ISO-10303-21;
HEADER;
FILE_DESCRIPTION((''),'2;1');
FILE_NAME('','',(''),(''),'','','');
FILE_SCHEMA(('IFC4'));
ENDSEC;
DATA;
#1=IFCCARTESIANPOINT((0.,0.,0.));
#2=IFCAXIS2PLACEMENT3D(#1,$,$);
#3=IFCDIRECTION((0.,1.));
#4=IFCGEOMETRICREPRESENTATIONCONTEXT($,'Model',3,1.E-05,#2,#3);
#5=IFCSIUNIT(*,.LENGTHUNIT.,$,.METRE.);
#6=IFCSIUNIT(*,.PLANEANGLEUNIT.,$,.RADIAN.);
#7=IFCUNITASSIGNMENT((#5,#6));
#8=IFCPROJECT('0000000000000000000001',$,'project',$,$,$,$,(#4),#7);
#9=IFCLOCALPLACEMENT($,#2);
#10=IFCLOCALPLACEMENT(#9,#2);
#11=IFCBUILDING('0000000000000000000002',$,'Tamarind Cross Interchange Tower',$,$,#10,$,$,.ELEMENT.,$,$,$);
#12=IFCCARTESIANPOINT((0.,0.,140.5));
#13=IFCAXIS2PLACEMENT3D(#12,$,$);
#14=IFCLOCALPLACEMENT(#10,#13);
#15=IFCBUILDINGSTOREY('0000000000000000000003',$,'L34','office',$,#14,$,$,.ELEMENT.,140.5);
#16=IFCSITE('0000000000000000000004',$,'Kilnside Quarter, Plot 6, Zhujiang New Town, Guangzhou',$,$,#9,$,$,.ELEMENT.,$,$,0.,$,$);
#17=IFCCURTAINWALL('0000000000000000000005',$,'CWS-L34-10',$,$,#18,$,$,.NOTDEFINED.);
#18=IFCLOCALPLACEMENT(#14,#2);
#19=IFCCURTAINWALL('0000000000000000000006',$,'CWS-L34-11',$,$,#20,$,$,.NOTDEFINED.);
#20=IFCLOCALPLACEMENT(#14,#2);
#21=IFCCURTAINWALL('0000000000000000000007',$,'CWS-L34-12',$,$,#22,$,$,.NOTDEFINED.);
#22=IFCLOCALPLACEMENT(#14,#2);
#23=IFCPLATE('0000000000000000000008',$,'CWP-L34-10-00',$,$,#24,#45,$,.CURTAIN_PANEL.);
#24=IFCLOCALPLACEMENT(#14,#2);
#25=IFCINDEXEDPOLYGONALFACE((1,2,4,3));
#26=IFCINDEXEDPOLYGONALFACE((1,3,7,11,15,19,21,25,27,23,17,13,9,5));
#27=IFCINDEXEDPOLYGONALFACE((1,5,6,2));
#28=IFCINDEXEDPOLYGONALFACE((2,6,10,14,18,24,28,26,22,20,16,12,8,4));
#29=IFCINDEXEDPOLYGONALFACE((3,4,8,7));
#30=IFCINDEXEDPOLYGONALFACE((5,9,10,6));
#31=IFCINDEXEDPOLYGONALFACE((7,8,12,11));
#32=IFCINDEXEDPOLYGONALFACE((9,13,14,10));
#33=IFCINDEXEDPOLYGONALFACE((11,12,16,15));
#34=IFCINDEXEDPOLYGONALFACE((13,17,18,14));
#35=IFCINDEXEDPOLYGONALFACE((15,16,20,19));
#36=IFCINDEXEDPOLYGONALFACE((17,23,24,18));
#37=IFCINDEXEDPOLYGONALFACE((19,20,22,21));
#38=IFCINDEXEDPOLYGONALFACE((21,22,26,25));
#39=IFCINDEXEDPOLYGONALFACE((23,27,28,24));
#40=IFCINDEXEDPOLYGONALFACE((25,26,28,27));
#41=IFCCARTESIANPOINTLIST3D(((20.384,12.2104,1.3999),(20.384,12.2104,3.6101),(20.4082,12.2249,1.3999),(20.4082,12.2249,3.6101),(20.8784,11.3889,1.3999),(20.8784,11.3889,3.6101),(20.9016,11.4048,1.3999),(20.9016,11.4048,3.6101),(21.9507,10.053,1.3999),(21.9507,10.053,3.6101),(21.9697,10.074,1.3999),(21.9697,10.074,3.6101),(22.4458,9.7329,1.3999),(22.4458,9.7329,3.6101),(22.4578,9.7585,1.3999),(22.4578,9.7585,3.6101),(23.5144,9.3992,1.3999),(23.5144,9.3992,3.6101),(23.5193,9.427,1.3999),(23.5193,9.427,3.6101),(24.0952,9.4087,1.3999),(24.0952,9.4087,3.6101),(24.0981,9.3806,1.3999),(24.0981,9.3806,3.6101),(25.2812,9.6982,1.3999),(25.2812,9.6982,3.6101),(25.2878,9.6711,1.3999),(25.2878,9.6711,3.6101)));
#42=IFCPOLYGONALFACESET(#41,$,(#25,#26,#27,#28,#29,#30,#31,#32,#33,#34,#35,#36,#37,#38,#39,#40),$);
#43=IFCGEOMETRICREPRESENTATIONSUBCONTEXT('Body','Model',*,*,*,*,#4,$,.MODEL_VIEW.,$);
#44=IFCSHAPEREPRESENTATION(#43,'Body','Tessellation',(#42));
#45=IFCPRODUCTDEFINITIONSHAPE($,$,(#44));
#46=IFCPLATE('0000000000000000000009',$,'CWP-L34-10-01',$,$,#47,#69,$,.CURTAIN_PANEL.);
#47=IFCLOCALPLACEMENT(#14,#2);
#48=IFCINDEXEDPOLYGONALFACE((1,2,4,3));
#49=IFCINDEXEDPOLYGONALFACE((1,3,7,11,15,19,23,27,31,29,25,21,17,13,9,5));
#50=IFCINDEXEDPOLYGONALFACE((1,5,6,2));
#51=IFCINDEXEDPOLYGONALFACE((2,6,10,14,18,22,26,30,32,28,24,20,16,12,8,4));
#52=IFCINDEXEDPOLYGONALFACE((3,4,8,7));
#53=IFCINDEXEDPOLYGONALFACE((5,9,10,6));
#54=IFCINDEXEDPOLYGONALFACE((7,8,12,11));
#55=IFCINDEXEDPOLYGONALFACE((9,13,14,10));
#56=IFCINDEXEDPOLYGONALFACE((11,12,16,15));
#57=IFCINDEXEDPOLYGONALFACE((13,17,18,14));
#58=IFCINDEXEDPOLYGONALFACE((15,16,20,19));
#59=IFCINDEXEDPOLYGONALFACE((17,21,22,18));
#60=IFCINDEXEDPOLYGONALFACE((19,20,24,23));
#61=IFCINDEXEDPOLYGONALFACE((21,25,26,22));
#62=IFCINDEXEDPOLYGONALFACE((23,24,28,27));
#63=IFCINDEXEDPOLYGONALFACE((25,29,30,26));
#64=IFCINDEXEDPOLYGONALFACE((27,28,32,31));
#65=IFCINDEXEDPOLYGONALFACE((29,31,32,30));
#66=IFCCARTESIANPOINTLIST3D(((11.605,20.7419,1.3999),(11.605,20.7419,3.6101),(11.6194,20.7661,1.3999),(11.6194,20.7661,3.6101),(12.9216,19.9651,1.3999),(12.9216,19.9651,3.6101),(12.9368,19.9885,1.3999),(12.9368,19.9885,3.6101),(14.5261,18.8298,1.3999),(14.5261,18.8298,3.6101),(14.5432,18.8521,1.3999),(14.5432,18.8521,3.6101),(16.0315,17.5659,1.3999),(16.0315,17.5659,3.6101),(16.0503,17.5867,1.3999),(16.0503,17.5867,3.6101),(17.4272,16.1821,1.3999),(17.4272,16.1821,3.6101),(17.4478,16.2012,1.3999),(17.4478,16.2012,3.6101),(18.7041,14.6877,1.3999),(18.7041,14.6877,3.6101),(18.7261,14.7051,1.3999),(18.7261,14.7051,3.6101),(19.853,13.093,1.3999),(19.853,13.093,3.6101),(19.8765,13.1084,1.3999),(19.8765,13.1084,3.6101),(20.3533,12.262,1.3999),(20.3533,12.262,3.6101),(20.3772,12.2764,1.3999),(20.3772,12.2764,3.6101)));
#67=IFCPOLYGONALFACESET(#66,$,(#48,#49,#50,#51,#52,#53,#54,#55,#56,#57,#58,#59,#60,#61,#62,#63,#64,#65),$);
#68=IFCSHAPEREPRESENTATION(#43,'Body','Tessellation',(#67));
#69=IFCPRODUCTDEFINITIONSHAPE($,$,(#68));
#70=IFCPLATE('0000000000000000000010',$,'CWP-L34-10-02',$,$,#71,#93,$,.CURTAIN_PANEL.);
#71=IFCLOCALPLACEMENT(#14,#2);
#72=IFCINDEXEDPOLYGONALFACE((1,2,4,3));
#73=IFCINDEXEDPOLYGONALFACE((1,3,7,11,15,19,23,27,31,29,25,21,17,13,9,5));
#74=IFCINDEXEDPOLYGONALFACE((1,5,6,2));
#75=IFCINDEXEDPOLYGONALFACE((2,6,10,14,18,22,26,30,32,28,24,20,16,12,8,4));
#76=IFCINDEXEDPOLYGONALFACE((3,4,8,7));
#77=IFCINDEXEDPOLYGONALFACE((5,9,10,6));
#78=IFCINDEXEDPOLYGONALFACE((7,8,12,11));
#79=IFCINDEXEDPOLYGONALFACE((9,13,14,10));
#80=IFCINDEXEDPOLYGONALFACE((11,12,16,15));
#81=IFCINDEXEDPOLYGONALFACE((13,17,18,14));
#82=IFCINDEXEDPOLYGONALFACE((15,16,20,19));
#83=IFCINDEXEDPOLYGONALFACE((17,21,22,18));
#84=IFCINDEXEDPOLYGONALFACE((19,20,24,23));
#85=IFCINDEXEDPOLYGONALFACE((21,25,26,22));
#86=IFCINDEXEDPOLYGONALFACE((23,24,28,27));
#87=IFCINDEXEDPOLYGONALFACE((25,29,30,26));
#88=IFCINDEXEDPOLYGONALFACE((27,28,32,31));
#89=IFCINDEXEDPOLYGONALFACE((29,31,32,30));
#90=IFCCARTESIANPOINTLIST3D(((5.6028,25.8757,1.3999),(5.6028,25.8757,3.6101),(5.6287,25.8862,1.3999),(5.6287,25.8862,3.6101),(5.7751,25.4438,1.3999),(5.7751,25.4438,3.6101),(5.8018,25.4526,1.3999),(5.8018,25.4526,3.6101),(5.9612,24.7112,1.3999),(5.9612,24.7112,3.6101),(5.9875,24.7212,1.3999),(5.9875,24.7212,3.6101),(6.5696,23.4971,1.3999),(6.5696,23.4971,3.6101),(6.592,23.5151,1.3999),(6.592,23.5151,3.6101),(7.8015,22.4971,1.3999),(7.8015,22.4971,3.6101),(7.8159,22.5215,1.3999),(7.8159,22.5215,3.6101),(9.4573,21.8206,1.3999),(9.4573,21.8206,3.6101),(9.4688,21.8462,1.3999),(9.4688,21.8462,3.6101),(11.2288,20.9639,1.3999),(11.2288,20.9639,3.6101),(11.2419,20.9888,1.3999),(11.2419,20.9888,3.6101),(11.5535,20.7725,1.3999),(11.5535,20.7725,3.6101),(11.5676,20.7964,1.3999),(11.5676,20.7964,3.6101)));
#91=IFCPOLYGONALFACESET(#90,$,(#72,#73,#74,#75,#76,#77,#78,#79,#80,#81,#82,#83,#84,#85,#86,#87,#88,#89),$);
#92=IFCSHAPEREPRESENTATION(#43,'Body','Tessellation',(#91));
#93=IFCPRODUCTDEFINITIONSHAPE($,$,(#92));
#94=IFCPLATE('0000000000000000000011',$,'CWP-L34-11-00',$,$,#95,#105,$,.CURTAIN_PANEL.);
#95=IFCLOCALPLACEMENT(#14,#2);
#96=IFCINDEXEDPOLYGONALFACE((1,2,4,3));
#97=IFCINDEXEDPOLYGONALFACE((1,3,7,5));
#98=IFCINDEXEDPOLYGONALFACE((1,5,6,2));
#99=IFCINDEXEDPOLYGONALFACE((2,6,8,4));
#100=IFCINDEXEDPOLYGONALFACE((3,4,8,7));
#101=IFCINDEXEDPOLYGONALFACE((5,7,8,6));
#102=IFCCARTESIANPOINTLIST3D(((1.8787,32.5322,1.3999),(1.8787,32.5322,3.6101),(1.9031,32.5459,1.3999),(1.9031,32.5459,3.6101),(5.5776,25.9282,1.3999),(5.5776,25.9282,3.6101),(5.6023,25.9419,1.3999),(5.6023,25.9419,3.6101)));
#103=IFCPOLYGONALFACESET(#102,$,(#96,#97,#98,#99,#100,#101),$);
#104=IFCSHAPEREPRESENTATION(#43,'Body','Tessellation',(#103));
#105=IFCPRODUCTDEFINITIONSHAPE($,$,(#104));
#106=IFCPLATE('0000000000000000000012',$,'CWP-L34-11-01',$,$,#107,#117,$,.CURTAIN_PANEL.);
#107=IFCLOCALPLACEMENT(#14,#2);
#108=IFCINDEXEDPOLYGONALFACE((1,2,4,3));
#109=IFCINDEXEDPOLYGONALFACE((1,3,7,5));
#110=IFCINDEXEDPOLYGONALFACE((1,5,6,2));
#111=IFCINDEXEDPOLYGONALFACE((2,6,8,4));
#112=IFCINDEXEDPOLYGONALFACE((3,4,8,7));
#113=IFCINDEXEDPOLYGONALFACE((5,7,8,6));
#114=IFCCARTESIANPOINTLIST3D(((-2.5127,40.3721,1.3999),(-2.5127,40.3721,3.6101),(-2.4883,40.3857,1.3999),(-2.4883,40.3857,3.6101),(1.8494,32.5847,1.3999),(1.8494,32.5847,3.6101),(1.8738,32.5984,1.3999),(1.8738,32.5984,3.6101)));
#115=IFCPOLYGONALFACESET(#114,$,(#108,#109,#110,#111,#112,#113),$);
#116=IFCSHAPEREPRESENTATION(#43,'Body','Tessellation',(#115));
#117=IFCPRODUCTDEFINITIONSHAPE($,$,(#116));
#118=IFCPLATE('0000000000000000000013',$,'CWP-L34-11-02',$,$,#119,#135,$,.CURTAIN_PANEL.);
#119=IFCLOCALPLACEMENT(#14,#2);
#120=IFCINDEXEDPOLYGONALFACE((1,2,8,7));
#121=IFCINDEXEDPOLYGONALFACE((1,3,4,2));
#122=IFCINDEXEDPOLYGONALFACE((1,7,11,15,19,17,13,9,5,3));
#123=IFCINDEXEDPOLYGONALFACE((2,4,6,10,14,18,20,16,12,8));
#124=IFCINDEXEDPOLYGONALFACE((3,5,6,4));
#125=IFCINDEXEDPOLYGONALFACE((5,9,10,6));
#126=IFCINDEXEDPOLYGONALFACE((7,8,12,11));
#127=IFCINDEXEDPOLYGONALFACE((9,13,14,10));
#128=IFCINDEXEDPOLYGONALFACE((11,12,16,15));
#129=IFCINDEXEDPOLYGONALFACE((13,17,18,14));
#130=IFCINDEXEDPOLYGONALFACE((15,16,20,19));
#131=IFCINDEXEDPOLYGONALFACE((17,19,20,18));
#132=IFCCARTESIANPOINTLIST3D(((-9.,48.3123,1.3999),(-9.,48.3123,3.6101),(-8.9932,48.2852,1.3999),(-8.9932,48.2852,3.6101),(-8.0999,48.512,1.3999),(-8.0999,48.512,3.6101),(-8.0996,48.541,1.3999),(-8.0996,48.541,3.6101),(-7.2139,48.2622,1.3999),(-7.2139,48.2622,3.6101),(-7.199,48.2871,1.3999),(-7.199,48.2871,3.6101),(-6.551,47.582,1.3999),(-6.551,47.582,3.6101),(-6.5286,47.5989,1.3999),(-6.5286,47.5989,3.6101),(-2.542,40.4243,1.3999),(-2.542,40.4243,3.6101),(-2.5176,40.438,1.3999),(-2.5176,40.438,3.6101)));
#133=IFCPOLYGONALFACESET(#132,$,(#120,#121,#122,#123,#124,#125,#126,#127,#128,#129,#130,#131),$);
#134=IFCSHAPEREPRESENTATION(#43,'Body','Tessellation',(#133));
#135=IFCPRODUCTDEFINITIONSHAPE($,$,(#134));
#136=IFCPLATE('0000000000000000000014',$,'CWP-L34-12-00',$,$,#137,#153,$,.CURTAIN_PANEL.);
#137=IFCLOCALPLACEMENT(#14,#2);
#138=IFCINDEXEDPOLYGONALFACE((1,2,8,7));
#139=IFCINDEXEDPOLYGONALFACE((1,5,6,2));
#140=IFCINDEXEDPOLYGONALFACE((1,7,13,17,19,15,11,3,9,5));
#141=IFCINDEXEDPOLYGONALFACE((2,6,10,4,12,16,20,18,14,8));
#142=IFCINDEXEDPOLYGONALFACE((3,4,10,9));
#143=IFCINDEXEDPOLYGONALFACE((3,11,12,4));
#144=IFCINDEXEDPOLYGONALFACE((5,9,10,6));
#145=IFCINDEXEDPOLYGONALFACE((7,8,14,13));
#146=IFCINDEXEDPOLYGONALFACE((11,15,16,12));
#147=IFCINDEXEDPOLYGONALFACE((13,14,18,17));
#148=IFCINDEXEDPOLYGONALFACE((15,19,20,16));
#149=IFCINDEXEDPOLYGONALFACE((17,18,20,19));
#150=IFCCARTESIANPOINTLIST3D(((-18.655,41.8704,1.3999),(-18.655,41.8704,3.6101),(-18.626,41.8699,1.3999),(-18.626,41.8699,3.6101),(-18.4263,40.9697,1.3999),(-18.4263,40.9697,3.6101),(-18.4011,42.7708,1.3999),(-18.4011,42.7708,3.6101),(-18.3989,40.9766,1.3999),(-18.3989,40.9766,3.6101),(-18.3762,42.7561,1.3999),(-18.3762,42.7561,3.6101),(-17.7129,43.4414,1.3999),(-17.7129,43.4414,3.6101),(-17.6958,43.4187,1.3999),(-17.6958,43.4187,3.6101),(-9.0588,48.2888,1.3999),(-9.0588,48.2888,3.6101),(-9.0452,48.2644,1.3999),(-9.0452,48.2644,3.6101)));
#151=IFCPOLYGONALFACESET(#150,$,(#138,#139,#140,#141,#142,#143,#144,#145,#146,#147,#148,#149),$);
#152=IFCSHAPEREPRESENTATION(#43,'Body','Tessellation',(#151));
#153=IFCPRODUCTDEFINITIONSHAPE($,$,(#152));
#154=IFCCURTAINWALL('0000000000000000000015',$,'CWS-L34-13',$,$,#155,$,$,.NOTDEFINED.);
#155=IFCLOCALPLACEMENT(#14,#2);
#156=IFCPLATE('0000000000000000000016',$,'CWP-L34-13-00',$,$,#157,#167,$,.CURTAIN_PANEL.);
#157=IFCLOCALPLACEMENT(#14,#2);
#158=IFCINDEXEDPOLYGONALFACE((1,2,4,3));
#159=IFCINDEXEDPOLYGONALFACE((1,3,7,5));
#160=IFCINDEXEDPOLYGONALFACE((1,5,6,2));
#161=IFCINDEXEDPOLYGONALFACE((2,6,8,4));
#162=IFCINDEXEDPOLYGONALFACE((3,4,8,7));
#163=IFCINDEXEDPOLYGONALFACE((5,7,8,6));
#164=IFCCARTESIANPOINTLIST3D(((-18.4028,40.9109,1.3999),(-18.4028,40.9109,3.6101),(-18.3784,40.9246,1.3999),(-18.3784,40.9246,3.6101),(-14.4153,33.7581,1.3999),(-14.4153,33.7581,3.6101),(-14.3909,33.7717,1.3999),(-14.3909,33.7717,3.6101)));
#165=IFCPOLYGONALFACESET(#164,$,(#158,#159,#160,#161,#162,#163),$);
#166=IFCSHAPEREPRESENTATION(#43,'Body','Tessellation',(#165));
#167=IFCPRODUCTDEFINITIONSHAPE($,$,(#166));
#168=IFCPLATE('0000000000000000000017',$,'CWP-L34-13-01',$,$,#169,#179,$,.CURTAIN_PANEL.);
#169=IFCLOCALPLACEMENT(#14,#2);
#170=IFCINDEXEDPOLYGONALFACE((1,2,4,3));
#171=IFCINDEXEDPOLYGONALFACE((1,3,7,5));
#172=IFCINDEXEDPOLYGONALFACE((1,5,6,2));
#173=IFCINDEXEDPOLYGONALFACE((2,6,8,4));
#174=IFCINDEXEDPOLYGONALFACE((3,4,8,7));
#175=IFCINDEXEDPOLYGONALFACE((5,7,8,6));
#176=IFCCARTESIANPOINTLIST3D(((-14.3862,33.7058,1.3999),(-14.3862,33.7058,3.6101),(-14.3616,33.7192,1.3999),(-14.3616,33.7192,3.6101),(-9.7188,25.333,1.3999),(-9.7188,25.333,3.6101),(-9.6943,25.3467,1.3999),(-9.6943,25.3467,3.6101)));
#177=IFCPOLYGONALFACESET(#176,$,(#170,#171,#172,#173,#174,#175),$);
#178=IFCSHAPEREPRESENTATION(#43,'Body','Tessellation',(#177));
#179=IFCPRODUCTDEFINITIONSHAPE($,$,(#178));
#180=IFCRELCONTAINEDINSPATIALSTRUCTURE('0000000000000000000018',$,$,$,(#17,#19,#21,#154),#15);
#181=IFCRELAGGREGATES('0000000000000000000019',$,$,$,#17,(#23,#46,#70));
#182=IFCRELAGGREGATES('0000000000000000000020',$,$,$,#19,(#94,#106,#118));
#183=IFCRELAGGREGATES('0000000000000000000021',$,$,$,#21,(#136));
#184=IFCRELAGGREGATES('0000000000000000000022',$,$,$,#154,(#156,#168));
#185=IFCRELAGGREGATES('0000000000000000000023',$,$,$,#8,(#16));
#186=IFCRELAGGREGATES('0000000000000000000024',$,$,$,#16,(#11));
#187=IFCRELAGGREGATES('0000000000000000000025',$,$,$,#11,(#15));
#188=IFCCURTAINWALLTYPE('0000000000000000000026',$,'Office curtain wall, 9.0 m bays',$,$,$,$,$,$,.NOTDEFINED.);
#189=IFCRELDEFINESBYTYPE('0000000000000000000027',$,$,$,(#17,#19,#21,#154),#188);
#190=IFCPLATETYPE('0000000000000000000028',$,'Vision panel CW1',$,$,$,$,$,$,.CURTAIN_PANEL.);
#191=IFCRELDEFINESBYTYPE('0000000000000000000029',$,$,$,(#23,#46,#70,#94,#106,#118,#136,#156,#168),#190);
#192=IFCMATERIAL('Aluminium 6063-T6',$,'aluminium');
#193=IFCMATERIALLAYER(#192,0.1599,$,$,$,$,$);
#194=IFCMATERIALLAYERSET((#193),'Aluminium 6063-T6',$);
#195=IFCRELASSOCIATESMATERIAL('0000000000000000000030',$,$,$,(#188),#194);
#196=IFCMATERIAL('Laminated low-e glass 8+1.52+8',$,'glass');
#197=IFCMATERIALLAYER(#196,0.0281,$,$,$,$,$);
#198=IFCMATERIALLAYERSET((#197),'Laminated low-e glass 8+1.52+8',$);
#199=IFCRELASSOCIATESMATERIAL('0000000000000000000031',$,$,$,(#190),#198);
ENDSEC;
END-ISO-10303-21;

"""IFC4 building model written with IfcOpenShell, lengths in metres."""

from ifc_helpers import new_model, si_unit, direction, frame, origin, place, context, subcontext, project, spatial, polyline, outline, extrude, material, layer, layer_set, type_object, element, aggregate, save


model = new_model("IFC4")

# Units and contexts
model_context = context("Model", 3, precision=1e-05, world=origin(), true_north=direction((0.0, 1.0)))
body_context = subcontext(model_context, "Body", "Model", "MODEL_VIEW")
ifc_project = project(units=[si_unit("LENGTHUNIT", "METRE"), si_unit("PLANEANGLEUNIT", "RADIAN")], contexts=[model_context])

# Site, building, storey
site_placement = place(None, origin())
site = spatial("IfcSite", under=ifc_project, at=site_placement, Name="Kilnside Quarter, Plot 6, Zhujiang New Town, Guangzhou", CompositionType="ELEMENT", RefElevation=0.0)
building_placement = place(site_placement, origin())
building = spatial("IfcBuilding", under=site, at=building_placement, Name="Tamarind Cross Interchange Tower", CompositionType="ELEMENT")
storey_placement = place(building_placement, frame((0.0, 0.0, 140.5)))
storey = spatial("IfcBuildingStorey", under=building, at=storey_placement, Name="L34", Description="office", CompositionType="ELEMENT", Elevation=140.5)

# Curtain walls
ifc_material_1 = material(Name="Aluminium 6063-T6", Category="aluminium")
ifc_layer_1 = layer(ifc_material_1, 0.1599)
ifc_layer_set_1 = layer_set([ifc_layer_1], Name="Aluminium 6063-T6")
curtain_wall_type = type_object("IfcCurtainWallType", Name="Office curtain wall, 9.0 m bays", PredefinedType="NOTDEFINED", material=ifc_layer_set_1)
curtain_wall_1_placement = place(storey_placement, origin())
curtain_wall_1 = element("IfcCurtainWall", 1, at=curtain_wall_1_placement, inside=storey, type_object=curtain_wall_type, Name="CWS-L34-10", PredefinedType="NOTDEFINED")
curtain_wall_2_placement = place(storey_placement, origin())
curtain_wall_2 = element("IfcCurtainWall", 2, at=curtain_wall_2_placement, inside=storey, type_object=curtain_wall_type, Name="CWS-L34-11", PredefinedType="NOTDEFINED")
curtain_wall_3_placement = place(storey_placement, origin())
curtain_wall_3 = element("IfcCurtainWall", 3, at=curtain_wall_3_placement, inside=storey, type_object=curtain_wall_type, Name="CWS-L34-12", PredefinedType="NOTDEFINED")

# Plates
ifc_material_2 = material(Name="Laminated low-e glass 8+1.52+8", Category="glass")
ifc_layer_2 = layer(ifc_material_2, 0.0281)
ifc_layer_set_2 = layer_set([ifc_layer_2], Name="Laminated low-e glass 8+1.52+8")
plate_type = type_object("IfcPlateType", Name="Vision panel CW1", PredefinedType="CURTAIN_PANEL", material=ifc_layer_set_2)
plate_1_placement = place(storey_placement, frame((0.0, 0.0, 1.3999)))
plate_1 = element("IfcPlate", 4, at=plate_1_placement, type_object=plate_type, Name="CWP-L34-10-00", PredefinedType="CURTAIN_PANEL", context=body_context, shape_type="SweptSolid", body=[
    extrude(outline(polyline([(25.2878, 9.6711), (24.0981, 9.3806), (23.5144, 9.3992), (22.4458, 9.7329), (21.9507, 10.053), (20.8784, 11.3889), (20.384, 12.2104), (20.4082, 12.2249), (20.9016, 11.4048), (21.9697, 10.074), (22.4578, 9.7585), (23.5193, 9.427), (24.0952, 9.4087), (25.2812, 9.6982), (25.2878, 9.6711)])), origin(), (0.0, 0.0, 1.0), 2.2102),
])
plate_2_placement = place(storey_placement, frame((0.0, 0.0, 1.3999)))
plate_2 = element("IfcPlate", 5, at=plate_2_placement, type_object=plate_type, Name="CWP-L34-10-01", PredefinedType="CURTAIN_PANEL", context=body_context, shape_type="SweptSolid", body=[
    extrude(outline(polyline([(20.3533, 12.262), (19.853, 13.093), (18.7041, 14.6877), (17.4272, 16.1821), (16.0315, 17.5659), (14.5261, 18.8298), (12.9216, 19.9651), (11.605, 20.7419), (11.6194, 20.7661), (12.9368, 19.9885), (14.5432, 18.8521), (16.0503, 17.5867), (17.4478, 16.2012), (18.7261, 14.7051), (19.8765, 13.1084), (20.3772, 12.2764), (20.3533, 12.262)])), origin(), (0.0, 0.0, 1.0), 2.2102),
])
plate_3_placement = place(storey_placement, frame((0.0, 0.0, 1.3999)))
plate_3 = element("IfcPlate", 6, at=plate_3_placement, type_object=plate_type, Name="CWP-L34-10-02", PredefinedType="CURTAIN_PANEL", context=body_context, shape_type="SweptSolid", body=[
    extrude(outline(polyline([(11.5535, 20.7725), (11.2288, 20.9639), (9.4573, 21.8206), (7.8015, 22.4971), (6.5696, 23.4971), (5.9612, 24.7112), (5.7751, 25.4438), (5.6028, 25.8757), (5.6287, 25.8862), (5.8018, 25.4526), (5.9875, 24.7212), (6.592, 23.5151), (7.8159, 22.5215), (9.4688, 21.8462), (11.2419, 20.9888), (11.5676, 20.7964), (11.5535, 20.7725)])), origin(), (0.0, 0.0, 1.0), 2.2102),
])
aggregate(curtain_wall_1, [plate_1, plate_2, plate_3])
plate_4_placement = place(storey_placement, frame((0.0, 0.0, 1.3999)))
plate_4 = element("IfcPlate", 7, at=plate_4_placement, type_object=plate_type, Name="CWP-L34-11-00", PredefinedType="CURTAIN_PANEL", context=body_context, shape_type="SweptSolid", body=[
    extrude(outline(polyline([(5.5776, 25.9282), (1.8787, 32.5322), (1.9031, 32.5459), (5.6023, 25.9419), (5.5776, 25.9282)])), origin(), (0.0, 0.0, 1.0), 2.2102),
])
plate_5_placement = place(storey_placement, frame((0.0, 0.0, 1.3999)))
plate_5 = element("IfcPlate", 8, at=plate_5_placement, type_object=plate_type, Name="CWP-L34-11-01", PredefinedType="CURTAIN_PANEL", context=body_context, shape_type="SweptSolid", body=[
    extrude(outline(polyline([(1.8494, 32.5847), (-2.5127, 40.3721), (-2.4883, 40.3857), (1.8738, 32.5984), (1.8494, 32.5847)])), origin(), (0.0, 0.0, 1.0), 2.2102),
])
plate_6_placement = place(storey_placement, frame((0.0, 0.0, 1.3999)))
plate_6 = element("IfcPlate", 9, at=plate_6_placement, type_object=plate_type, Name="CWP-L34-11-02", PredefinedType="CURTAIN_PANEL", context=body_context, shape_type="SweptSolid", body=[
    extrude(outline(polyline([(-2.542, 40.4243), (-6.551, 47.582), (-7.2139, 48.2622), (-8.0999, 48.512), (-8.9932, 48.2852), (-9.0, 48.3123), (-8.0996, 48.541), (-7.199, 48.2871), (-6.5286, 47.5989), (-2.5176, 40.438), (-2.542, 40.4243)])), origin(), (0.0, 0.0, 1.0), 2.2102),
])
aggregate(curtain_wall_2, [plate_4, plate_5, plate_6])
plate_7_placement = place(storey_placement, frame((0.0, 0.0, 1.3999)))
plate_7 = element("IfcPlate", 10, at=plate_7_placement, type_object=plate_type, Name="CWP-L34-12-00", PredefinedType="CURTAIN_PANEL", context=body_context, shape_type="SweptSolid", body=[
    extrude(outline(polyline([(-9.0452, 48.2644), (-17.6958, 43.4187), (-18.3762, 42.7561), (-18.626, 41.8699), (-18.3989, 40.9766), (-18.4263, 40.9697), (-18.655, 41.8704), (-18.4011, 42.7708), (-17.7129, 43.4414), (-9.0588, 48.2888), (-9.0452, 48.2644)])), origin(), (0.0, 0.0, 1.0), 2.2102),
])
aggregate(curtain_wall_3, [plate_7])

# Curtain wall, plates
curtain_wall_4_placement = place(storey_placement, origin())
curtain_wall_4 = element("IfcCurtainWall", 11, at=curtain_wall_4_placement, inside=storey, type_object=curtain_wall_type, Name="CWS-L34-13", PredefinedType="NOTDEFINED")
plate_8_placement = place(storey_placement, frame((0.0, 0.0, 1.3999)))
plate_8 = element("IfcPlate", 12, at=plate_8_placement, type_object=plate_type, Name="CWP-L34-13-00", PredefinedType="CURTAIN_PANEL", context=body_context, shape_type="SweptSolid", body=[
    extrude(outline(polyline([(-18.3784, 40.9246), (-14.3909, 33.7717), (-14.4153, 33.7581), (-18.4028, 40.9109), (-18.3784, 40.9246)])), origin(), (0.0, 0.0, 1.0), 2.2102),
])
plate_9_placement = place(storey_placement, frame((0.0, 0.0, 1.3999)))
plate_9 = element("IfcPlate", 13, at=plate_9_placement, type_object=plate_type, Name="CWP-L34-13-01", PredefinedType="CURTAIN_PANEL", context=body_context, shape_type="SweptSolid", body=[
    extrude(outline(polyline([(-14.3616, 33.7192), (-9.6943, 25.3467), (-9.7188, 25.333), (-14.3862, 33.7058), (-14.3616, 33.7192)])), origin(), (0.0, 0.0, 1.0), 2.2102),
])
aggregate(curtain_wall_4, [plate_8, plate_9])

save(model, "model.ifc")
